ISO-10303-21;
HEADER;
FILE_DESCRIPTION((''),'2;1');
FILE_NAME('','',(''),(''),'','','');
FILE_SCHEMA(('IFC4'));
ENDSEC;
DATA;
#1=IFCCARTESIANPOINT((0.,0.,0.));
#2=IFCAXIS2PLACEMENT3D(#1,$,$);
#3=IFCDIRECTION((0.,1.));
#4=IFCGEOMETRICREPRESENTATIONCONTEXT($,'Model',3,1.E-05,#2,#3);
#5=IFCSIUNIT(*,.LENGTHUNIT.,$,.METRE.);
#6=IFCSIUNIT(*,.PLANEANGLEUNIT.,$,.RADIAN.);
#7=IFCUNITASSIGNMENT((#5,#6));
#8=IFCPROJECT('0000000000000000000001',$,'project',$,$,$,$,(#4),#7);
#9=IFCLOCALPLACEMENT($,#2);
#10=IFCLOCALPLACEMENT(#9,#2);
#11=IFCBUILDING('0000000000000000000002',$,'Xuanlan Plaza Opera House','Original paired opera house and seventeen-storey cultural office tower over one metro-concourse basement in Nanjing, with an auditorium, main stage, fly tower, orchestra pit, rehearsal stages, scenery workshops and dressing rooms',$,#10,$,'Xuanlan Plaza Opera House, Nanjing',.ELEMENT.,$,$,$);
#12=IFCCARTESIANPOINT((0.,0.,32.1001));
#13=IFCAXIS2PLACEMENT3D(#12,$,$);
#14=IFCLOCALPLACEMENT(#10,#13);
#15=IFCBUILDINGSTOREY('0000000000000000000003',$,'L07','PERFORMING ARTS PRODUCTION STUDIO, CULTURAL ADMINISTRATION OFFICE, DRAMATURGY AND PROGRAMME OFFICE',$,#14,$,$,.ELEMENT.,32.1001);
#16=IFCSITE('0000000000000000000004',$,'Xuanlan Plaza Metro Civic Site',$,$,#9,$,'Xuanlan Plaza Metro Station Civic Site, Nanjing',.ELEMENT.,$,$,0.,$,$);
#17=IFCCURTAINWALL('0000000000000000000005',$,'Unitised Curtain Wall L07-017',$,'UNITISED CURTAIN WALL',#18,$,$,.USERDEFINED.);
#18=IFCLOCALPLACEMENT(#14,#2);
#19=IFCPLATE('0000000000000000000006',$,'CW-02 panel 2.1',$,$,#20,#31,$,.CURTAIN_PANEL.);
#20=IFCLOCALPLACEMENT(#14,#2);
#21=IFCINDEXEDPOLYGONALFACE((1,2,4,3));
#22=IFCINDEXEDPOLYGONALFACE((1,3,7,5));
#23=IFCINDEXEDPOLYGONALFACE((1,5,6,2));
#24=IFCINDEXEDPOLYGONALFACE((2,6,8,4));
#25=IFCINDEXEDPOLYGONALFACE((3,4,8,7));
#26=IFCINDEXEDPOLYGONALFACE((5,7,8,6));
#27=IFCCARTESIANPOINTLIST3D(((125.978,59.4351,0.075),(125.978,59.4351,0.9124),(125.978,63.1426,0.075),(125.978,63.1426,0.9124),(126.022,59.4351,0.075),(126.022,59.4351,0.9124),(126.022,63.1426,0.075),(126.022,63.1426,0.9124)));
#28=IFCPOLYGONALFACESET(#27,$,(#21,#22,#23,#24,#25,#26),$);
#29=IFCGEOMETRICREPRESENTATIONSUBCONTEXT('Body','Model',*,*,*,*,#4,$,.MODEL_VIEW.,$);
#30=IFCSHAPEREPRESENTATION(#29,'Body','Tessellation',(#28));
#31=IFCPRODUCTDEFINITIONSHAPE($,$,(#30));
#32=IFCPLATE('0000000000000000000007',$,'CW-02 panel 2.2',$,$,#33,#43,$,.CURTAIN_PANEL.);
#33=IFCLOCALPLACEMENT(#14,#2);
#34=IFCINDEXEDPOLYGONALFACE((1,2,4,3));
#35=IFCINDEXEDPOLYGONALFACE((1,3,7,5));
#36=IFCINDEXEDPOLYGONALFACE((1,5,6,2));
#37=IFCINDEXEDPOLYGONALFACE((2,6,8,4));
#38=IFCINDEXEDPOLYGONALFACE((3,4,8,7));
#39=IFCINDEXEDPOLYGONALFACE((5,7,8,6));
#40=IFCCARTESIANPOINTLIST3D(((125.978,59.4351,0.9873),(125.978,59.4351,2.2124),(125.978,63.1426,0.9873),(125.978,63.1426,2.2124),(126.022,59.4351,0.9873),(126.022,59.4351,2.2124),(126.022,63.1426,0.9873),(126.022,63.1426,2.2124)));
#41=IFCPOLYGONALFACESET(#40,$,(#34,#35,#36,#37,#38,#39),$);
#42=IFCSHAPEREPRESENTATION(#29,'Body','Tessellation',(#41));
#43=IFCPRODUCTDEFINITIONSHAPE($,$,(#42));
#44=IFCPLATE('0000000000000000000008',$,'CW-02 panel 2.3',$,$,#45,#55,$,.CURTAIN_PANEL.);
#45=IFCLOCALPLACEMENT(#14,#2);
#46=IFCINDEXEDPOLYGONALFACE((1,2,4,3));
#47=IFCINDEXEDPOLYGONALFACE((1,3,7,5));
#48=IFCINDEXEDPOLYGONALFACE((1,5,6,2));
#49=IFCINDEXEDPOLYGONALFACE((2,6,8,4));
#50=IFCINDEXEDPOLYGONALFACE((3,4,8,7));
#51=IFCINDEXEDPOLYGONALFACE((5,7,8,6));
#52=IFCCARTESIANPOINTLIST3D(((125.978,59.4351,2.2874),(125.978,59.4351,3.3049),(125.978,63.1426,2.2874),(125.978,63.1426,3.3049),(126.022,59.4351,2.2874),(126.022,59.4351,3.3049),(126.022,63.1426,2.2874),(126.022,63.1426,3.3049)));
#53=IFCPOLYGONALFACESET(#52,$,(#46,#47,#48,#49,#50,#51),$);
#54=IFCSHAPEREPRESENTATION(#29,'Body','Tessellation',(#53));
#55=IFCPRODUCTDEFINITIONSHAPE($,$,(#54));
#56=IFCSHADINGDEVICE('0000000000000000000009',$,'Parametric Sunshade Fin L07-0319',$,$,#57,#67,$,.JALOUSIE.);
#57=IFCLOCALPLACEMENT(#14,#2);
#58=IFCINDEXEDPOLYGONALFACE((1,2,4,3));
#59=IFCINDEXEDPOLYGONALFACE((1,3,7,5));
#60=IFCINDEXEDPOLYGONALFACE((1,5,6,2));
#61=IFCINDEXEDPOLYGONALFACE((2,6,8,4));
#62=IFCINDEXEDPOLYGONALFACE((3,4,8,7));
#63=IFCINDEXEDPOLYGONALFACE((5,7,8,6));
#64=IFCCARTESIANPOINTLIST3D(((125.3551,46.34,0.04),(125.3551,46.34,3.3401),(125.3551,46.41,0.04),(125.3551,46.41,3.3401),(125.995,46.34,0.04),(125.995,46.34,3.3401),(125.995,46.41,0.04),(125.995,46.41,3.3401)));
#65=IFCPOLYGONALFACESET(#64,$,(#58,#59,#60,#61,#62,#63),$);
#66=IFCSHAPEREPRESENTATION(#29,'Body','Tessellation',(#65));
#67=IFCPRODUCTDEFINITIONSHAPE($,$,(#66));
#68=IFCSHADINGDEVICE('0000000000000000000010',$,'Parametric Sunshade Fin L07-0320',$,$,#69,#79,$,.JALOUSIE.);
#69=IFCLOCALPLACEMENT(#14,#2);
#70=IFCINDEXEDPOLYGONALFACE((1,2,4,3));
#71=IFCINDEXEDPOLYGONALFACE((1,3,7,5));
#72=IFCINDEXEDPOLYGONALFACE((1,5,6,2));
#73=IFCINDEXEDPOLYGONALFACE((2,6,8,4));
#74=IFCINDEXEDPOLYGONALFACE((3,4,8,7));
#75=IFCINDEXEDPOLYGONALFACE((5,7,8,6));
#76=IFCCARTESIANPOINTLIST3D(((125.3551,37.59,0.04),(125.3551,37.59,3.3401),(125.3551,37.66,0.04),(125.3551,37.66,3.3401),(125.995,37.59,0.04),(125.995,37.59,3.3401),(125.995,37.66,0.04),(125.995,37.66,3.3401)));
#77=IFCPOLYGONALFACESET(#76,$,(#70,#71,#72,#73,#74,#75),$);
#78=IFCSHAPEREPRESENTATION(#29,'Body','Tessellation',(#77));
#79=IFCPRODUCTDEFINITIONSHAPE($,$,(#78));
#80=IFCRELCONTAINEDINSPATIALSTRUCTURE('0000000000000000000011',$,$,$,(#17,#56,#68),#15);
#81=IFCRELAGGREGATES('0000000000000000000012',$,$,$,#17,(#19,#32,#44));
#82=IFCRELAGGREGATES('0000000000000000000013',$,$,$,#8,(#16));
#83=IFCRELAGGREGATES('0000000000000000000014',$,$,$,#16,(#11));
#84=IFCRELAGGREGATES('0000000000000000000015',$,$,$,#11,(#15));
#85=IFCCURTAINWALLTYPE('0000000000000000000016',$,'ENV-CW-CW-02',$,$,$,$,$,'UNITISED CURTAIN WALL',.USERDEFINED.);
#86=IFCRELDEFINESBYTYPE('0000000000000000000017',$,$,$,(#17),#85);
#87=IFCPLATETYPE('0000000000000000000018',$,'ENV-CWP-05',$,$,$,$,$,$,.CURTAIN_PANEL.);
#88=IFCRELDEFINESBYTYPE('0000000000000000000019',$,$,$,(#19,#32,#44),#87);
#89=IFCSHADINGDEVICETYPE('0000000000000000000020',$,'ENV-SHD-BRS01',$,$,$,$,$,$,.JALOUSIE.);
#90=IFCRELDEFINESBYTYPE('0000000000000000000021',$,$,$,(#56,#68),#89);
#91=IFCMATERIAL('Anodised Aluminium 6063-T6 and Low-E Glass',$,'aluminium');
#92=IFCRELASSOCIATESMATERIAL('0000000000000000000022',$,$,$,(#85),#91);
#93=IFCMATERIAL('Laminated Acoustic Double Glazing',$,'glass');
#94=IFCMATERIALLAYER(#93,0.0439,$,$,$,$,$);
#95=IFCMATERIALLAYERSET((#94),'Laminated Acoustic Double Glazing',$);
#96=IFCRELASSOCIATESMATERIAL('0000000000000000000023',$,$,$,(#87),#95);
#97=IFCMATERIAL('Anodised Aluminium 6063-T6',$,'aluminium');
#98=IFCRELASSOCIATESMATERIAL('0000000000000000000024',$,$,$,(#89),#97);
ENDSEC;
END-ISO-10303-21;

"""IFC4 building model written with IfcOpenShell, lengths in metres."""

from ifc_helpers import new_model, si_unit, direction, frame, origin, origin_2d, place, context, subcontext, project, spatial, rectangle, extrude, material, layer, layer_set, type_object, element, aggregate, save


model = new_model("IFC4")

# Units and contexts
model_context = context("Model", 3, precision=1e-05, world=origin(), true_north=direction((0.0, 1.0)))
body_context = subcontext(model_context, "Body", "Model", "MODEL_VIEW")
ifc_project = project(units=[si_unit("LENGTHUNIT", "METRE"), si_unit("PLANEANGLEUNIT", "RADIAN")], contexts=[model_context])

# Site, building, storey
site_placement = place(None, origin())
site = spatial("IfcSite", under=ifc_project, at=site_placement, Name="Xuanlan Plaza Metro Civic Site", LongName="Xuanlan Plaza Metro Station Civic Site, Nanjing", CompositionType="ELEMENT", RefElevation=0.0)
building_placement = place(site_placement, origin())
building = spatial("IfcBuilding", under=site, at=building_placement, Name="Xuanlan Plaza Opera House", Description="Original paired opera house and seventeen-storey cultural office tower over one metro-concourse basement in Nanjing, with an auditorium, main stage, fly tower, orchestra pit, rehearsal stages, scenery workshops and dressing rooms", LongName="Xuanlan Plaza Opera House, Nanjing", CompositionType="ELEMENT")
storey_placement = place(building_placement, frame((0.0, 0.0, 32.1001)))
storey = spatial("IfcBuildingStorey", under=building, at=storey_placement, Name="L07", Description="PERFORMING ARTS PRODUCTION STUDIO, CULTURAL ADMINISTRATION OFFICE, DRAMATURGY AND PROGRAMME OFFICE", CompositionType="ELEMENT", Elevation=32.1001)

# Curtain wall
ifc_material_1 = material(Name="Anodised Aluminium 6063-T6 and Low-E Glass", Category="aluminium")
curtain_wall_type_1 = type_object("IfcCurtainWallType", Name="ENV-CW-CW-02", ElementType="UNITISED CURTAIN WALL", PredefinedType="USERDEFINED", material=ifc_material_1)
curtain_wall_1_placement = place(storey_placement, origin())
curtain_wall_1 = element("IfcCurtainWall", 1, at=curtain_wall_1_placement, inside=storey, type_object=curtain_wall_type_1, Name="Unitised Curtain Wall L07-017", ObjectType="UNITISED CURTAIN WALL", PredefinedType="USERDEFINED")
ifc_material_2 = material(Name="Anodised Aluminium 6063-T6", Category="aluminium")

# Plates
ifc_material_3 = material(Name="Laminated Acoustic Double Glazing", Category="glass")
ifc_layer = layer(ifc_material_3, 0.0439)
ifc_layer_set = layer_set([ifc_layer], Name="Laminated Acoustic Double Glazing")
plate_type = type_object("IfcPlateType", Name="ENV-CWP-05", PredefinedType="CURTAIN_PANEL", material=ifc_layer_set)
plate_1_placement = place(storey_placement, frame((126.0, 61.2888, 0.075), z_axis=(0.0, 0.0, 1.0), x_axis=(0.0, -1.0, 0.0)))
plate_1 = element("IfcPlate", 2, at=plate_1_placement, type_object=plate_type, Name="CW-02 panel 2.1", PredefinedType="CURTAIN_PANEL", context=body_context, shape_type="SweptSolid", body=[
    extrude(rectangle(XDim=3.7075, YDim=0.0439, at=origin_2d()), origin(), (0.0, 0.0, 1.0), 0.8374),
])
plate_2_placement = place(storey_placement, frame((126.0, 61.2888, 0.9873), z_axis=(0.0, 0.0, 1.0), x_axis=(0.0, -1.0, 0.0)))
plate_2 = element("IfcPlate", 3, at=plate_2_placement, type_object=plate_type, Name="CW-02 panel 2.2", PredefinedType="CURTAIN_PANEL", context=body_context, shape_type="SweptSolid", body=[
    extrude(rectangle(XDim=3.7075, YDim=0.0439, at=origin_2d()), origin(), (0.0, 0.0, 1.0), 1.2251),
])
plate_3_placement = place(storey_placement, frame((126.0, 61.2888, 2.2874), z_axis=(0.0, 0.0, 1.0), x_axis=(0.0, -1.0, 0.0)))
plate_3 = element("IfcPlate", 4, at=plate_3_placement, type_object=plate_type, Name="CW-02 panel 2.3", PredefinedType="CURTAIN_PANEL", context=body_context, shape_type="SweptSolid", body=[
    extrude(rectangle(XDim=3.7075, YDim=0.0439, at=origin_2d()), origin(), (0.0, 0.0, 1.0), 1.0176),
])
aggregate(curtain_wall_1, [plate_1, plate_2, plate_3])

# Shading devices
shading_device_type = type_object("IfcShadingDeviceType", Name="ENV-SHD-BRS01", PredefinedType="JALOUSIE", material=ifc_material_2)
for number, where, z_axis, x_axis, name in (
    (5, (125.675, 46.375, 0.04), (0.0, 0.0, 1.0), (-1.0, 0.0, 0.0), "Parametric Sunshade Fin L07-0319"),
    (6, (125.675, 37.625, 0.04), (0.0, 0.0, 1.0), (-1.0, 0.0, 0.0), "Parametric Sunshade Fin L07-0320"),
):
    element("IfcShadingDevice", number, at=place(storey_placement, frame(where, z_axis=z_axis, x_axis=x_axis)), inside=storey, type_object=shading_device_type, Name=name, PredefinedType="JALOUSIE", context=body_context, shape_type="SweptSolid", body=[
        extrude(rectangle(XDim=0.6399, YDim=0.0701, at=origin_2d()), origin(), (0.0, 0.0, 1.0), 3.3),
    ])

save(model, "model.ifc")
